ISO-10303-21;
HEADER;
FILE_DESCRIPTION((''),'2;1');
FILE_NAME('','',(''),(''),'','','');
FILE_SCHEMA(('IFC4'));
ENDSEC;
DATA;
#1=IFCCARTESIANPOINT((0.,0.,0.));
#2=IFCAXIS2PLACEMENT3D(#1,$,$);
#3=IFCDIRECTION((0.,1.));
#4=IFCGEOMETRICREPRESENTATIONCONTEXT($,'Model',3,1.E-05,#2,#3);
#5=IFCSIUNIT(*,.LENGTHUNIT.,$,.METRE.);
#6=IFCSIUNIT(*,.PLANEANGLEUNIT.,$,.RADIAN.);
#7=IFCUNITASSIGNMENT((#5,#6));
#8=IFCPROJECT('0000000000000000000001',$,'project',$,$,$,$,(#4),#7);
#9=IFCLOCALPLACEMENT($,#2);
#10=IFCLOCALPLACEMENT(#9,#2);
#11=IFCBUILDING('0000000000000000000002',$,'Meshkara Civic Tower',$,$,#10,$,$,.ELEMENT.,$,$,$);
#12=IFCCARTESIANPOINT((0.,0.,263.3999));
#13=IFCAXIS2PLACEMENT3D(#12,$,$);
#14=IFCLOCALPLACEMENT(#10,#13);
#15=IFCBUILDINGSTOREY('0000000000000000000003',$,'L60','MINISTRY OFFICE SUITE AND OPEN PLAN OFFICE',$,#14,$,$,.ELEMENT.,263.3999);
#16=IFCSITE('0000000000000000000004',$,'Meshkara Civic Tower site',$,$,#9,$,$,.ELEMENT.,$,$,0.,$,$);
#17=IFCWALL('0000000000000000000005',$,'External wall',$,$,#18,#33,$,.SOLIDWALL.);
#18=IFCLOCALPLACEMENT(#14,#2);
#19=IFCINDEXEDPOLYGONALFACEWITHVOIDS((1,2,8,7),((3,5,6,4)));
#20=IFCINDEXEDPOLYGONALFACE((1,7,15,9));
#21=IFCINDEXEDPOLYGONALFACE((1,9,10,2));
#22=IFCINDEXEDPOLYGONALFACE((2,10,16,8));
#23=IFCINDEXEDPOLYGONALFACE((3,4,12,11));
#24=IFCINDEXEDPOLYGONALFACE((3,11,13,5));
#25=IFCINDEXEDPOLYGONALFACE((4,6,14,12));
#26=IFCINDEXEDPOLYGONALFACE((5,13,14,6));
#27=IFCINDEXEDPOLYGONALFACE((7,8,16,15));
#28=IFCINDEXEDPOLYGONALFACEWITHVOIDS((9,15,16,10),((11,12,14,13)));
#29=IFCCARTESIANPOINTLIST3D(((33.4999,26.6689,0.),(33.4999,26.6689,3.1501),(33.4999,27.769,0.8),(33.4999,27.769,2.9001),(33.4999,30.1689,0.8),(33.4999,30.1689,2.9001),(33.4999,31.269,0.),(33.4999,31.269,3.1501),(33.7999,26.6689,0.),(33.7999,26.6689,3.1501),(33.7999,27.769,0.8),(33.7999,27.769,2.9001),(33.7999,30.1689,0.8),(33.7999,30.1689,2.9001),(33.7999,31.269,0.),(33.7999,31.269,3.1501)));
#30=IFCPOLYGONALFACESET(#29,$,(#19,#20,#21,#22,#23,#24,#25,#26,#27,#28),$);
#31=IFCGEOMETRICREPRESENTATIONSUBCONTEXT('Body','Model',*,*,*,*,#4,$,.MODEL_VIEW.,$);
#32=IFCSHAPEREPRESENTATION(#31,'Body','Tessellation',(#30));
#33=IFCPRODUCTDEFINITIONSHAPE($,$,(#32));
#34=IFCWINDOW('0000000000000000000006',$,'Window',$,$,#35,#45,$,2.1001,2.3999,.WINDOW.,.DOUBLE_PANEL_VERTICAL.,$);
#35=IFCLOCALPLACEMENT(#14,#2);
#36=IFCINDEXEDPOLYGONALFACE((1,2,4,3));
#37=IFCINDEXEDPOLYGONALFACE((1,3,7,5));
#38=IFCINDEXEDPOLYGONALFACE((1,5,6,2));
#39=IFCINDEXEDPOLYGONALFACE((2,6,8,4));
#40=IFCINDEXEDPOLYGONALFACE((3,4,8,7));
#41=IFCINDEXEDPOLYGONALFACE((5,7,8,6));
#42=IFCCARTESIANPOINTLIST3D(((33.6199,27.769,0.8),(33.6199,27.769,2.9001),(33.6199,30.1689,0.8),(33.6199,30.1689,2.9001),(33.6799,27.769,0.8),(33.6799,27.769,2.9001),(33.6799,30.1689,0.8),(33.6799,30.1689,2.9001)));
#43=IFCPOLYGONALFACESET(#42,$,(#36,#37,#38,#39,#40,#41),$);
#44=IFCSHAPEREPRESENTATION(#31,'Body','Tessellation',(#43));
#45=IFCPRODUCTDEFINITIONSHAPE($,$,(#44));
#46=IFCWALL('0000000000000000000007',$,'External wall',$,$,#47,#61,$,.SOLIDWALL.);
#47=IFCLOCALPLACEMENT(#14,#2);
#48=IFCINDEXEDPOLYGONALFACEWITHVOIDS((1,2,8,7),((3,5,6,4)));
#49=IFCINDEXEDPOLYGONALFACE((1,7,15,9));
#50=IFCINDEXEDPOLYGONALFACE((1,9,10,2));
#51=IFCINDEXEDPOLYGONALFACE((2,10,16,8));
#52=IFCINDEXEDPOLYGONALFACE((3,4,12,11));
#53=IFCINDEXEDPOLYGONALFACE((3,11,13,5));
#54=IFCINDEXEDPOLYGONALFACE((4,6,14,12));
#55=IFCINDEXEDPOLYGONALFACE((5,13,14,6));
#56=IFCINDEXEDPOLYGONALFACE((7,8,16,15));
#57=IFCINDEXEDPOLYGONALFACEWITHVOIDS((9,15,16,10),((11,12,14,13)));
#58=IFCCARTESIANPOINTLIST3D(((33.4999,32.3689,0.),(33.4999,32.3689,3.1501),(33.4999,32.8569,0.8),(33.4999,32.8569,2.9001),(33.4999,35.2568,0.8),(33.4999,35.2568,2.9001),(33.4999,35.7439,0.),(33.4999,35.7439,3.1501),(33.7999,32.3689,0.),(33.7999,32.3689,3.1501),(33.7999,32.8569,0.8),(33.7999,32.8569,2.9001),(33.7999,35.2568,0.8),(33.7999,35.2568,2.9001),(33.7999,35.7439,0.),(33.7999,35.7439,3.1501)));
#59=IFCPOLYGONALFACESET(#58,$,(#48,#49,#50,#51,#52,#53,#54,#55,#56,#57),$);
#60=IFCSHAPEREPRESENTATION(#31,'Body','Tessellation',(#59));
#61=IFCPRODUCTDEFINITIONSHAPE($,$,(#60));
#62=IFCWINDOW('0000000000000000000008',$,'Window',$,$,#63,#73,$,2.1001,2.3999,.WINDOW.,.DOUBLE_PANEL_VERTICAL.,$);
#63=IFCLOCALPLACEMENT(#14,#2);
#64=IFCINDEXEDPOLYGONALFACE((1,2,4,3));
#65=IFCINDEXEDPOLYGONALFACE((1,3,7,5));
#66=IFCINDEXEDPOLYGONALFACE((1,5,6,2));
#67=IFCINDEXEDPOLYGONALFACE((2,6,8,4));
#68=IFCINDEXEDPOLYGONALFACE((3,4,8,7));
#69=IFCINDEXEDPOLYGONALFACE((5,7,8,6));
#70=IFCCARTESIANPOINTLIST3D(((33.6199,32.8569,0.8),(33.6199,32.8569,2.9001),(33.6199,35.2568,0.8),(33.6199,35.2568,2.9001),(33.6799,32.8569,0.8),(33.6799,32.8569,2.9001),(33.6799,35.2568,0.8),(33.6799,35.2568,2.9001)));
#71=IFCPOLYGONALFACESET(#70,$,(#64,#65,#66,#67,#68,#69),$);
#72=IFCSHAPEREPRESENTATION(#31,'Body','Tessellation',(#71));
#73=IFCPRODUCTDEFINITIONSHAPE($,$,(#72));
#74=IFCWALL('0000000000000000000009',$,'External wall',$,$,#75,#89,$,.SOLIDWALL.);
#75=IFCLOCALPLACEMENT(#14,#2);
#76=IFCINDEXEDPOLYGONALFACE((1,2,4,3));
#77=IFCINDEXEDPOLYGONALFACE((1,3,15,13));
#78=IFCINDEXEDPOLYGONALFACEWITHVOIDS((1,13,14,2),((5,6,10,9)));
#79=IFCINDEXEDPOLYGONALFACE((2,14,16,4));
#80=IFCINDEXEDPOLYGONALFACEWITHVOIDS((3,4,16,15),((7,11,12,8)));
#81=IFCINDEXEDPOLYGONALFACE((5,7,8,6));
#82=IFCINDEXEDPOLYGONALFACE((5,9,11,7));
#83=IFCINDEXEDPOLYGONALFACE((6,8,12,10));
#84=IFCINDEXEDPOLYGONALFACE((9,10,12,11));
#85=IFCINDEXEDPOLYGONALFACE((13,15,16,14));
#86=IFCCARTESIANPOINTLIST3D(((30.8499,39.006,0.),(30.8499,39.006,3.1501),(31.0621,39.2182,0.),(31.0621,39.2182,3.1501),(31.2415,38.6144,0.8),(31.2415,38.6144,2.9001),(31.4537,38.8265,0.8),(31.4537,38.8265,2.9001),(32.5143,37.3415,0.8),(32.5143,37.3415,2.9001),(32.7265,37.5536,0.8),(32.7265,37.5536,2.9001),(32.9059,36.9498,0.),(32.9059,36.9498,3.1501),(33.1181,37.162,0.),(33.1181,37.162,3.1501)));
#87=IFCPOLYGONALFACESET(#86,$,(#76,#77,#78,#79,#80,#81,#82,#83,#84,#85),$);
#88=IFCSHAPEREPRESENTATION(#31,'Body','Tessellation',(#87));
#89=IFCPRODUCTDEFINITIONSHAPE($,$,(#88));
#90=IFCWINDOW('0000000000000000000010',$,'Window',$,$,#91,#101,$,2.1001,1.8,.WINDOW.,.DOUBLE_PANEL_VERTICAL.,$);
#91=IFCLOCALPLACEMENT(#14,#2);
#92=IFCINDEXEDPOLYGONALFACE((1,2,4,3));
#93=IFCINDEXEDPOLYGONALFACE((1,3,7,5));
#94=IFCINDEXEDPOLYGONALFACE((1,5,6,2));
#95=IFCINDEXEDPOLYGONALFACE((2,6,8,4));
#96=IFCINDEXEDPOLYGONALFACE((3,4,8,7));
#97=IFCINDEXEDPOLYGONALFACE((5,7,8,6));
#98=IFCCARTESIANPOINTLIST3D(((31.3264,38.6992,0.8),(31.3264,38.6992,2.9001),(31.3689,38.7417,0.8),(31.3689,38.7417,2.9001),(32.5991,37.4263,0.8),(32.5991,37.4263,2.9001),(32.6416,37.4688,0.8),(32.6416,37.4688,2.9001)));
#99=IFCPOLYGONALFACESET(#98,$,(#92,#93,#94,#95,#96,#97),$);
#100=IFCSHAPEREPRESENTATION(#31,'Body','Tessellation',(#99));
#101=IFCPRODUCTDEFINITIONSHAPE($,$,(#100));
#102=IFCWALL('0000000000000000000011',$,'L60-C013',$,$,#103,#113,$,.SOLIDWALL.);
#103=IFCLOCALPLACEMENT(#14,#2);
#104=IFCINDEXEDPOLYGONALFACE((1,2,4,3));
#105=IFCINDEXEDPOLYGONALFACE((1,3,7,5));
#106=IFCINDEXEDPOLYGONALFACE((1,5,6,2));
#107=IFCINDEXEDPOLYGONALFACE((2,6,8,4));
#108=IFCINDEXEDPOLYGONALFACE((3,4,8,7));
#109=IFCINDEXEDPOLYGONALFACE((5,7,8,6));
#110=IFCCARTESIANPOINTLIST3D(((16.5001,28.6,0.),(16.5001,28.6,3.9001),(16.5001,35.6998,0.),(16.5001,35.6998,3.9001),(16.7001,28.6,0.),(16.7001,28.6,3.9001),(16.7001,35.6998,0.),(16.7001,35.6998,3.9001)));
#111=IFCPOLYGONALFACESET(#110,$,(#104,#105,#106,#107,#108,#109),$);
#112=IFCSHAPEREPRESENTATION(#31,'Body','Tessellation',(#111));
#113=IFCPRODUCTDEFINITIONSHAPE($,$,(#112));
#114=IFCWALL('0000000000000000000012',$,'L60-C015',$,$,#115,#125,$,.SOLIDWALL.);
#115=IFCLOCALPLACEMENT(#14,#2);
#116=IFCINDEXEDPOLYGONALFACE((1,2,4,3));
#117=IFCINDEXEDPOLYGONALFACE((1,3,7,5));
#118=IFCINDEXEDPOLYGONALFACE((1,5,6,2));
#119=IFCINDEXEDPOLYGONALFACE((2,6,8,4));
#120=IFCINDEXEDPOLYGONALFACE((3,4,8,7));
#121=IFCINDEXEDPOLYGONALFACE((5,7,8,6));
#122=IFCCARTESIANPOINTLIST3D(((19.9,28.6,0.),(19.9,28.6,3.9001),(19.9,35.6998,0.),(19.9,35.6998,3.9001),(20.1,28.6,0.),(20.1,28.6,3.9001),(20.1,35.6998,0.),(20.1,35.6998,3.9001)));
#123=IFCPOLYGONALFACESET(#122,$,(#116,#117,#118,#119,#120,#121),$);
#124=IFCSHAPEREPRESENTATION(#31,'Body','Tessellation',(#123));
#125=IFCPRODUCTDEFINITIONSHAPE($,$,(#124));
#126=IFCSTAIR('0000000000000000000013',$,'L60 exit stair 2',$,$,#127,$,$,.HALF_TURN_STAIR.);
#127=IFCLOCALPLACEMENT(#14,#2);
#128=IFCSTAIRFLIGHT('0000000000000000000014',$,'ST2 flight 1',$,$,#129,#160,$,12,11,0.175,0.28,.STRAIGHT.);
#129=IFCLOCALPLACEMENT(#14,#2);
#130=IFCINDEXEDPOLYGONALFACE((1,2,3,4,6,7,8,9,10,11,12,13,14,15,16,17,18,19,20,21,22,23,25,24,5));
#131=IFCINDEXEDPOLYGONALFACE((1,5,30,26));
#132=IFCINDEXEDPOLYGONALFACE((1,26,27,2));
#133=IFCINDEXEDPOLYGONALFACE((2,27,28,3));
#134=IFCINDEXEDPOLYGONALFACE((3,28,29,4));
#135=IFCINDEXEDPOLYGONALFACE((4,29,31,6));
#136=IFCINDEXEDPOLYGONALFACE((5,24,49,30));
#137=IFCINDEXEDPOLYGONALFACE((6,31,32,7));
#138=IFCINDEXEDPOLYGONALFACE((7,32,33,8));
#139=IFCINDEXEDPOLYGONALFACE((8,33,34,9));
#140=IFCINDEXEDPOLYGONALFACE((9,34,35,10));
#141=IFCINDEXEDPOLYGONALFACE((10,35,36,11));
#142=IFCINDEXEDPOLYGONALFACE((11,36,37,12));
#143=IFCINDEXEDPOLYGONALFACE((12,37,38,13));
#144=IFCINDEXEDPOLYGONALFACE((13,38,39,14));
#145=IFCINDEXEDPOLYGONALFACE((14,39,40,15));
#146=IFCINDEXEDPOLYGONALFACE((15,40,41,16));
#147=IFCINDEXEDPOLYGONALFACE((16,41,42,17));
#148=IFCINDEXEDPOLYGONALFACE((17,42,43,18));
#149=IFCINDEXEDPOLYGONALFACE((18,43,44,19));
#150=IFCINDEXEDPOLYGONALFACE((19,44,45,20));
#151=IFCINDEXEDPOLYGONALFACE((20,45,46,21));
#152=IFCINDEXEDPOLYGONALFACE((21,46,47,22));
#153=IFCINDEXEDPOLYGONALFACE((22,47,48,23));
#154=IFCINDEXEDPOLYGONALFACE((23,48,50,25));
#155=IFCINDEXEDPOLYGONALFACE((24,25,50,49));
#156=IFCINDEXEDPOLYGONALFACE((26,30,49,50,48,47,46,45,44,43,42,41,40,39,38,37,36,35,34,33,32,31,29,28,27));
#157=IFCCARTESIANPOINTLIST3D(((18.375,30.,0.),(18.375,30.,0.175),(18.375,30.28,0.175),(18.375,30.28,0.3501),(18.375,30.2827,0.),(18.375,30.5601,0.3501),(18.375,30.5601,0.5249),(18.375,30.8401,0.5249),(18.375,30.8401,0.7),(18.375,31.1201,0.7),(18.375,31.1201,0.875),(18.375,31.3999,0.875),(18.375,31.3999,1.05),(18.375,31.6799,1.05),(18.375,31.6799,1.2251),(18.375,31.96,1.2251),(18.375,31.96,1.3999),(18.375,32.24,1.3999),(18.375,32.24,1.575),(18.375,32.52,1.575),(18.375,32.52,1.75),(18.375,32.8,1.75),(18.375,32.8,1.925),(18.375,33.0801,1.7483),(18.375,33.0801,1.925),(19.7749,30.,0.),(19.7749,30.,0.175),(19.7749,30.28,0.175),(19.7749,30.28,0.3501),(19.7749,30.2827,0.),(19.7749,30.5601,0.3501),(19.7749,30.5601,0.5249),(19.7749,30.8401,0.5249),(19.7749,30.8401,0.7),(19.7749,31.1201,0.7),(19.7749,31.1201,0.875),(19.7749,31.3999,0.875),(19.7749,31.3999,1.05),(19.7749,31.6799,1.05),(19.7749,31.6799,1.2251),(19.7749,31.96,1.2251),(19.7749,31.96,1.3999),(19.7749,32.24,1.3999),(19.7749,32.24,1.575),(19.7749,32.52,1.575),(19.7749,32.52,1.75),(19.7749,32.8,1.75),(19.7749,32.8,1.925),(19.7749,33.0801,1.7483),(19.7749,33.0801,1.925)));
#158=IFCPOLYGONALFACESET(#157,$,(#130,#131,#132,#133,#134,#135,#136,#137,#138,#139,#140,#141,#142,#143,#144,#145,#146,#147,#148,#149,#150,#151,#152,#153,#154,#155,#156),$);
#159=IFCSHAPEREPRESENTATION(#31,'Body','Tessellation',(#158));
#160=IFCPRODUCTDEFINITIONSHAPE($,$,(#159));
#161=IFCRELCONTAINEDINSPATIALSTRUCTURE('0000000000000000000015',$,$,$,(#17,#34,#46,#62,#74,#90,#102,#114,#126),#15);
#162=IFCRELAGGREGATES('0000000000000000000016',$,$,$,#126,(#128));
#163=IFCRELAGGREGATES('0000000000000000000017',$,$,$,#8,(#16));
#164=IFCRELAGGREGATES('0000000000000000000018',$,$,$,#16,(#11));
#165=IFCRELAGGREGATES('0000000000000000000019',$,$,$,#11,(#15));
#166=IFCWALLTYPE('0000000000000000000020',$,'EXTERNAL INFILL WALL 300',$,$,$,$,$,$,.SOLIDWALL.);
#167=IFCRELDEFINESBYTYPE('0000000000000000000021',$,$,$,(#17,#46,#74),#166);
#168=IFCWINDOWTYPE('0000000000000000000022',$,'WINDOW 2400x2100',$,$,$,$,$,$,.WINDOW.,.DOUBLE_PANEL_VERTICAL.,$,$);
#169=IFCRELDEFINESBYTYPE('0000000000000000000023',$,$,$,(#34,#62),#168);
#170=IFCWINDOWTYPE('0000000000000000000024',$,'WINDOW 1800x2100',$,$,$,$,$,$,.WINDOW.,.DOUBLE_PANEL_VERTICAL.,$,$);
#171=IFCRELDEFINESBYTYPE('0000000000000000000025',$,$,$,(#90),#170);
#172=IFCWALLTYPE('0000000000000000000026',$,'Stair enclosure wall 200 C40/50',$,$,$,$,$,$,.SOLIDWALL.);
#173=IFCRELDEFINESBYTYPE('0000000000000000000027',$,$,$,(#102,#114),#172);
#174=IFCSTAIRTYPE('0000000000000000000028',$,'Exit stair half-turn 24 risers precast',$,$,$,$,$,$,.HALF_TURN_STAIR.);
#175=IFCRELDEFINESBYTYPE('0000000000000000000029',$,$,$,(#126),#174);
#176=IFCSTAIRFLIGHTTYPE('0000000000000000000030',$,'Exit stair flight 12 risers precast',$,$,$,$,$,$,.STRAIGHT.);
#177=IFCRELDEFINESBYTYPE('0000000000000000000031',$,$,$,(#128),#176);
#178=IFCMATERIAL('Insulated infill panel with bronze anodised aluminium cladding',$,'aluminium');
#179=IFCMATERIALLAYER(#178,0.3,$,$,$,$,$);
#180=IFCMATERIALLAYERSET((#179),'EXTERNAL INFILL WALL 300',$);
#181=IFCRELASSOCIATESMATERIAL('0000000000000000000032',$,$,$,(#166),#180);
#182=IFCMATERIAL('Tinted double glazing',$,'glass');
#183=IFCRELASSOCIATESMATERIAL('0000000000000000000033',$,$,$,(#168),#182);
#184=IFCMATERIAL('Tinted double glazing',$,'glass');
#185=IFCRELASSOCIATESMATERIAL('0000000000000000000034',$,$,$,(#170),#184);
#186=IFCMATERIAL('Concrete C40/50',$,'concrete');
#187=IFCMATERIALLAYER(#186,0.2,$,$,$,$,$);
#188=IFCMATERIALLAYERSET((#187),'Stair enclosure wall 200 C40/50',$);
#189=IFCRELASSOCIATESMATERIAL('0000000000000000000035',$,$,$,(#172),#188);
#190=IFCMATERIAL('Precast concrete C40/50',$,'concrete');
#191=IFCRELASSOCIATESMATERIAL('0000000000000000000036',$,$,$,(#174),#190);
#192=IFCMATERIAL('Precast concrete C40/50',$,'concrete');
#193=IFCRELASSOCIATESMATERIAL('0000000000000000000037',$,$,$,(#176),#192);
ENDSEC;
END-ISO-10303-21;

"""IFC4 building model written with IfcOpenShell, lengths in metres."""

from ifc_helpers import new_model, si_unit, direction, frame, frame_2d, origin, place, context, subcontext, project, spatial, polyline, rectangle, outline, extrude, material, layer, layer_set, type_object, element, fill, aggregate, save


model = new_model("IFC4")

# Units and contexts
model_context = context("Model", 3, precision=1e-05, world=origin(), true_north=direction((0.0, 1.0)))
body_context = subcontext(model_context, "Body", "Model", "MODEL_VIEW")
ifc_project = project(units=[si_unit("LENGTHUNIT", "METRE"), si_unit("PLANEANGLEUNIT", "RADIAN")], contexts=[model_context])

# Site, building, storey
site_placement = place(None, origin())
site = spatial("IfcSite", under=ifc_project, at=site_placement, Name="Meshkara Civic Tower site", CompositionType="ELEMENT", RefElevation=0.0)
building_placement = place(site_placement, origin())
building = spatial("IfcBuilding", under=site, at=building_placement, Name="Meshkara Civic Tower", CompositionType="ELEMENT")
storey_placement = place(building_placement, frame((0.0, 0.0, 263.3999)))
storey = spatial("IfcBuildingStorey", under=building, at=storey_placement, Name="L60", Description="MINISTRY OFFICE SUITE AND OPEN PLAN OFFICE", CompositionType="ELEMENT", Elevation=263.3999)

# Walls, openings, windows
ifc_material_1 = material(Name="Insulated infill panel with bronze anodised aluminium cladding", Category="aluminium")
ifc_layer_1 = layer(ifc_material_1, 0.3)
ifc_layer_set_1 = layer_set([ifc_layer_1], Name="EXTERNAL INFILL WALL 300")
wall_type_1 = type_object("IfcWallType", Name="EXTERNAL INFILL WALL 300", PredefinedType="SOLIDWALL", material=ifc_layer_set_1)
wall_1_placement = place(storey_placement, frame((33.6499, 26.6689, 0.0), z_axis=(0.0, 0.0, 1.0), x_axis=(0.0, 1.0, 0.0)))
wall_1 = element("IfcWall", 1, at=wall_1_placement, inside=storey, type_object=wall_type_1, Name="External wall", PredefinedType="SOLIDWALL", context=body_context, shape_type="SweptSolid", body=[
    extrude(rectangle(XDim=4.6001, YDim=0.3, at=frame_2d((2.3, 0.0))), origin(), (0.0, 0.0, 1.0), 3.1501),
])
opening_1_placement = place(wall_1_placement, frame((1.1001, 0.0, 0.8)))
opening_1 = element("IfcOpeningElement", 2, at=opening_1_placement, cuts=wall_1, PredefinedType="OPENING", context=body_context, shape_type="SweptSolid", body=[
    extrude(rectangle(XDim=2.3999, YDim=2.1001, at=frame_2d((1.2, 1.05))), frame((0.0, 0.1599, 0.0), z_axis=(0.0, -1.0, 0.0), x_axis=(1.0, 0.0, 0.0)), (0.0, 0.0, 1.0), 0.3201),
])
ifc_material_2 = material(Name="Tinted double glazing", Category="glass")
window_type_1 = type_object("IfcWindowType", Name="WINDOW 2400x2100", PartitioningType="DOUBLE_PANEL_VERTICAL", PredefinedType="WINDOW", material=ifc_material_2)
window_1_placement = place(opening_1_placement, origin())
window_1 = element("IfcWindow", 3, at=window_1_placement, inside=storey, type_object=window_type_1, Name="Window", OverallHeight=2.1001, OverallWidth=2.3999, PartitioningType="DOUBLE_PANEL_VERTICAL", PredefinedType="WINDOW", context=body_context, shape_type="SweptSolid", body=[
    extrude(rectangle(XDim=2.3999, YDim=2.1001, at=frame_2d((1.2, 1.05))), frame((0.0, 0.03, 0.0), z_axis=(0.0, -1.0, 0.0), x_axis=(1.0, 0.0, 0.0)), (0.0, 0.0, 1.0), 0.0601),
])
fill(opening_1, window_1)
wall_2_placement = place(storey_placement, frame((33.6499, 32.3689, 0.0), z_axis=(0.0, 0.0, 1.0), x_axis=(0.0, 1.0, 0.0)))
wall_2 = element("IfcWall", 4, at=wall_2_placement, inside=storey, type_object=wall_type_1, Name="External wall", PredefinedType="SOLIDWALL", context=body_context, shape_type="SweptSolid", body=[
    extrude(rectangle(XDim=3.375, YDim=0.3, at=frame_2d((1.6875, 0.0))), origin(), (0.0, 0.0, 1.0), 3.1501),
])
opening_2_placement = place(wall_2_placement, frame((0.488, 0.0, 0.8)))
opening_2 = element("IfcOpeningElement", 5, at=opening_2_placement, cuts=wall_2, PredefinedType="OPENING", context=body_context, shape_type="SweptSolid", body=[
    extrude(rectangle(XDim=2.3999, YDim=2.1001, at=frame_2d((1.2, 1.05))), frame((0.0, 0.1599, 0.0), z_axis=(0.0, -1.0, 0.0), x_axis=(1.0, 0.0, 0.0)), (0.0, 0.0, 1.0), 0.3201),
])
window_2_placement = place(opening_2_placement, origin())
window_2 = element("IfcWindow", 6, at=window_2_placement, inside=storey, type_object=window_type_1, Name="Window", OverallHeight=2.1001, OverallWidth=2.3999, PartitioningType="DOUBLE_PANEL_VERTICAL", PredefinedType="WINDOW", context=body_context, shape_type="SweptSolid", body=[
    extrude(rectangle(XDim=2.3999, YDim=2.1001, at=frame_2d((1.2, 1.05))), frame((0.0, 0.03, 0.0), z_axis=(0.0, -1.0, 0.0), x_axis=(1.0, 0.0, 0.0)), (0.0, 0.0, 1.0), 0.0601),
])
fill(opening_2, window_2)
wall_3_placement = place(storey_placement, frame((33.012, 37.0559, 0.0), z_axis=(0.0, 0.0, 1.0), x_axis=(-0.707065, 0.707149, 0.0)))
wall_3 = element("IfcWall", 7, at=wall_3_placement, inside=storey, type_object=wall_type_1, Name="External wall", PredefinedType="SOLIDWALL", context=body_context, shape_type="SweptSolid", body=[
    extrude(rectangle(XDim=2.9077, YDim=0.3, at=frame_2d((1.4539, 0.0))), origin(), (0.0, 0.0, 1.0), 3.1501),
])
opening_3_placement = place(wall_3_placement, frame((0.554, 0.0, 0.8)))
opening_3 = element("IfcOpeningElement", 8, at=opening_3_placement, cuts=wall_3, PredefinedType="OPENING", context=body_context, shape_type="SweptSolid", body=[
    extrude(rectangle(XDim=1.8, YDim=2.1001, at=frame_2d((0.8999, 1.05))), frame((0.0, 0.1599, 0.0), z_axis=(0.0, -1.0, 0.0), x_axis=(1.0, 0.0, 0.0)), (0.0, 0.0, 1.0), 0.3201),
])
ifc_material_3 = material(Name="Tinted double glazing", Category="glass")
window_type_2 = type_object("IfcWindowType", Name="WINDOW 1800x2100", PartitioningType="DOUBLE_PANEL_VERTICAL", PredefinedType="WINDOW", material=ifc_material_3)
window_3_placement = place(opening_3_placement, origin())
window_3 = element("IfcWindow", 9, at=window_3_placement, inside=storey, type_object=window_type_2, Name="Window", OverallHeight=2.1001, OverallWidth=1.8, PartitioningType="DOUBLE_PANEL_VERTICAL", PredefinedType="WINDOW", context=body_context, shape_type="SweptSolid", body=[
    extrude(rectangle(XDim=1.8, YDim=2.1001, at=frame_2d((0.8999, 1.05))), frame((0.0, 0.03, 0.0), z_axis=(0.0, -1.0, 0.0), x_axis=(1.0, 0.0, 0.0)), (0.0, 0.0, 1.0), 0.0601),
])
fill(opening_3, window_3)

# Walls
ifc_material_4 = material(Name="Concrete C40/50", Category="concrete")
ifc_layer_2 = layer(ifc_material_4, 0.2)
ifc_layer_set_2 = layer_set([ifc_layer_2], Name="Stair enclosure wall 200 C40/50")
wall_type_2 = type_object("IfcWallType", Name="Stair enclosure wall 200 C40/50", PredefinedType="SOLIDWALL", material=ifc_layer_set_2)
for number, where, z_axis, x_axis, name in (
    (10, (16.6001, 28.6001, 0.0), (0.0, 0.0, 1.0), (0.0, 1.0, 0.0), "L60-C013"),
    (11, (20.0, 28.6001, 0.0), (0.0, 0.0, 1.0), (0.0, 1.0, 0.0), "L60-C015"),
):
    element("IfcWall", number, at=place(storey_placement, frame(where, z_axis=z_axis, x_axis=x_axis)), inside=storey, type_object=wall_type_2, Name=name, PredefinedType="SOLIDWALL", context=body_context, shape_type="SweptSolid", body=[
        extrude(rectangle(XDim=7.0999, YDim=0.2, at=frame_2d((3.5498, 0.0))), origin(), (0.0, 0.0, 1.0), 3.9001),
    ])

# Stair, stair flight
ifc_material_5 = material(Name="Precast concrete C40/50", Category="concrete")
stair_type = type_object("IfcStairType", Name="Exit stair half-turn 24 risers precast", PredefinedType="HALF_TURN_STAIR", material=ifc_material_5)
stair_placement = place(storey_placement, origin())
stair = element("IfcStair", 12, at=stair_placement, inside=storey, type_object=stair_type, Name="L60 exit stair 2", PredefinedType="HALF_TURN_STAIR")
ifc_material_6 = material(Name="Precast concrete C40/50", Category="concrete")
stair_flight_type = type_object("IfcStairFlightType", Name="Exit stair flight 12 risers precast", PredefinedType="STRAIGHT", material=ifc_material_6)
stair_flight_1_placement = place(storey_placement, frame((19.075, 30.0, 0.0), z_axis=(0.0, 0.0, 1.0), x_axis=(0.0, 1.0, 0.0)))
stair_flight_1 = element("IfcStairFlight", 13, at=stair_flight_1_placement, type_object=stair_flight_type, Name="ST2 flight 1", NumberOfRisers=12, NumberOfTreads=11, PredefinedType="STRAIGHT", RiserHeight=0.175, TreadLength=0.28, context=body_context, shape_type="SweptSolid", body=[
    extrude(outline(polyline([(0.0, 0.0), (0.0, 0.175), (0.28, 0.175), (0.28, 0.3501), (0.5601, 0.3501), (0.5601, 0.5249), (0.8401, 0.5249), (0.8401, 0.7), (1.1201, 0.7), (1.1201, 0.875), (1.3999, 0.875), (1.3999, 1.05), (1.6799, 1.05), (1.6799, 1.2251), (1.96, 1.2251), (1.96, 1.3999), (2.24, 1.3999), (2.24, 1.575), (2.52, 1.575), (2.52, 1.75), (2.8, 1.75), (2.8, 1.925), (3.0801, 1.925), (3.0801, 2.1001), (3.0801, 1.7483), (0.2827, 0.0), (0.0, 0.0)])), frame((0.0, 0.7, 0.0), z_axis=(0.0, -1.0, 0.0), x_axis=(1.0, 0.0, 0.0)), (0.0, 0.0, 1.0), 1.3999),
])
aggregate(stair, [stair_flight_1])

save(model, "model.ifc")
